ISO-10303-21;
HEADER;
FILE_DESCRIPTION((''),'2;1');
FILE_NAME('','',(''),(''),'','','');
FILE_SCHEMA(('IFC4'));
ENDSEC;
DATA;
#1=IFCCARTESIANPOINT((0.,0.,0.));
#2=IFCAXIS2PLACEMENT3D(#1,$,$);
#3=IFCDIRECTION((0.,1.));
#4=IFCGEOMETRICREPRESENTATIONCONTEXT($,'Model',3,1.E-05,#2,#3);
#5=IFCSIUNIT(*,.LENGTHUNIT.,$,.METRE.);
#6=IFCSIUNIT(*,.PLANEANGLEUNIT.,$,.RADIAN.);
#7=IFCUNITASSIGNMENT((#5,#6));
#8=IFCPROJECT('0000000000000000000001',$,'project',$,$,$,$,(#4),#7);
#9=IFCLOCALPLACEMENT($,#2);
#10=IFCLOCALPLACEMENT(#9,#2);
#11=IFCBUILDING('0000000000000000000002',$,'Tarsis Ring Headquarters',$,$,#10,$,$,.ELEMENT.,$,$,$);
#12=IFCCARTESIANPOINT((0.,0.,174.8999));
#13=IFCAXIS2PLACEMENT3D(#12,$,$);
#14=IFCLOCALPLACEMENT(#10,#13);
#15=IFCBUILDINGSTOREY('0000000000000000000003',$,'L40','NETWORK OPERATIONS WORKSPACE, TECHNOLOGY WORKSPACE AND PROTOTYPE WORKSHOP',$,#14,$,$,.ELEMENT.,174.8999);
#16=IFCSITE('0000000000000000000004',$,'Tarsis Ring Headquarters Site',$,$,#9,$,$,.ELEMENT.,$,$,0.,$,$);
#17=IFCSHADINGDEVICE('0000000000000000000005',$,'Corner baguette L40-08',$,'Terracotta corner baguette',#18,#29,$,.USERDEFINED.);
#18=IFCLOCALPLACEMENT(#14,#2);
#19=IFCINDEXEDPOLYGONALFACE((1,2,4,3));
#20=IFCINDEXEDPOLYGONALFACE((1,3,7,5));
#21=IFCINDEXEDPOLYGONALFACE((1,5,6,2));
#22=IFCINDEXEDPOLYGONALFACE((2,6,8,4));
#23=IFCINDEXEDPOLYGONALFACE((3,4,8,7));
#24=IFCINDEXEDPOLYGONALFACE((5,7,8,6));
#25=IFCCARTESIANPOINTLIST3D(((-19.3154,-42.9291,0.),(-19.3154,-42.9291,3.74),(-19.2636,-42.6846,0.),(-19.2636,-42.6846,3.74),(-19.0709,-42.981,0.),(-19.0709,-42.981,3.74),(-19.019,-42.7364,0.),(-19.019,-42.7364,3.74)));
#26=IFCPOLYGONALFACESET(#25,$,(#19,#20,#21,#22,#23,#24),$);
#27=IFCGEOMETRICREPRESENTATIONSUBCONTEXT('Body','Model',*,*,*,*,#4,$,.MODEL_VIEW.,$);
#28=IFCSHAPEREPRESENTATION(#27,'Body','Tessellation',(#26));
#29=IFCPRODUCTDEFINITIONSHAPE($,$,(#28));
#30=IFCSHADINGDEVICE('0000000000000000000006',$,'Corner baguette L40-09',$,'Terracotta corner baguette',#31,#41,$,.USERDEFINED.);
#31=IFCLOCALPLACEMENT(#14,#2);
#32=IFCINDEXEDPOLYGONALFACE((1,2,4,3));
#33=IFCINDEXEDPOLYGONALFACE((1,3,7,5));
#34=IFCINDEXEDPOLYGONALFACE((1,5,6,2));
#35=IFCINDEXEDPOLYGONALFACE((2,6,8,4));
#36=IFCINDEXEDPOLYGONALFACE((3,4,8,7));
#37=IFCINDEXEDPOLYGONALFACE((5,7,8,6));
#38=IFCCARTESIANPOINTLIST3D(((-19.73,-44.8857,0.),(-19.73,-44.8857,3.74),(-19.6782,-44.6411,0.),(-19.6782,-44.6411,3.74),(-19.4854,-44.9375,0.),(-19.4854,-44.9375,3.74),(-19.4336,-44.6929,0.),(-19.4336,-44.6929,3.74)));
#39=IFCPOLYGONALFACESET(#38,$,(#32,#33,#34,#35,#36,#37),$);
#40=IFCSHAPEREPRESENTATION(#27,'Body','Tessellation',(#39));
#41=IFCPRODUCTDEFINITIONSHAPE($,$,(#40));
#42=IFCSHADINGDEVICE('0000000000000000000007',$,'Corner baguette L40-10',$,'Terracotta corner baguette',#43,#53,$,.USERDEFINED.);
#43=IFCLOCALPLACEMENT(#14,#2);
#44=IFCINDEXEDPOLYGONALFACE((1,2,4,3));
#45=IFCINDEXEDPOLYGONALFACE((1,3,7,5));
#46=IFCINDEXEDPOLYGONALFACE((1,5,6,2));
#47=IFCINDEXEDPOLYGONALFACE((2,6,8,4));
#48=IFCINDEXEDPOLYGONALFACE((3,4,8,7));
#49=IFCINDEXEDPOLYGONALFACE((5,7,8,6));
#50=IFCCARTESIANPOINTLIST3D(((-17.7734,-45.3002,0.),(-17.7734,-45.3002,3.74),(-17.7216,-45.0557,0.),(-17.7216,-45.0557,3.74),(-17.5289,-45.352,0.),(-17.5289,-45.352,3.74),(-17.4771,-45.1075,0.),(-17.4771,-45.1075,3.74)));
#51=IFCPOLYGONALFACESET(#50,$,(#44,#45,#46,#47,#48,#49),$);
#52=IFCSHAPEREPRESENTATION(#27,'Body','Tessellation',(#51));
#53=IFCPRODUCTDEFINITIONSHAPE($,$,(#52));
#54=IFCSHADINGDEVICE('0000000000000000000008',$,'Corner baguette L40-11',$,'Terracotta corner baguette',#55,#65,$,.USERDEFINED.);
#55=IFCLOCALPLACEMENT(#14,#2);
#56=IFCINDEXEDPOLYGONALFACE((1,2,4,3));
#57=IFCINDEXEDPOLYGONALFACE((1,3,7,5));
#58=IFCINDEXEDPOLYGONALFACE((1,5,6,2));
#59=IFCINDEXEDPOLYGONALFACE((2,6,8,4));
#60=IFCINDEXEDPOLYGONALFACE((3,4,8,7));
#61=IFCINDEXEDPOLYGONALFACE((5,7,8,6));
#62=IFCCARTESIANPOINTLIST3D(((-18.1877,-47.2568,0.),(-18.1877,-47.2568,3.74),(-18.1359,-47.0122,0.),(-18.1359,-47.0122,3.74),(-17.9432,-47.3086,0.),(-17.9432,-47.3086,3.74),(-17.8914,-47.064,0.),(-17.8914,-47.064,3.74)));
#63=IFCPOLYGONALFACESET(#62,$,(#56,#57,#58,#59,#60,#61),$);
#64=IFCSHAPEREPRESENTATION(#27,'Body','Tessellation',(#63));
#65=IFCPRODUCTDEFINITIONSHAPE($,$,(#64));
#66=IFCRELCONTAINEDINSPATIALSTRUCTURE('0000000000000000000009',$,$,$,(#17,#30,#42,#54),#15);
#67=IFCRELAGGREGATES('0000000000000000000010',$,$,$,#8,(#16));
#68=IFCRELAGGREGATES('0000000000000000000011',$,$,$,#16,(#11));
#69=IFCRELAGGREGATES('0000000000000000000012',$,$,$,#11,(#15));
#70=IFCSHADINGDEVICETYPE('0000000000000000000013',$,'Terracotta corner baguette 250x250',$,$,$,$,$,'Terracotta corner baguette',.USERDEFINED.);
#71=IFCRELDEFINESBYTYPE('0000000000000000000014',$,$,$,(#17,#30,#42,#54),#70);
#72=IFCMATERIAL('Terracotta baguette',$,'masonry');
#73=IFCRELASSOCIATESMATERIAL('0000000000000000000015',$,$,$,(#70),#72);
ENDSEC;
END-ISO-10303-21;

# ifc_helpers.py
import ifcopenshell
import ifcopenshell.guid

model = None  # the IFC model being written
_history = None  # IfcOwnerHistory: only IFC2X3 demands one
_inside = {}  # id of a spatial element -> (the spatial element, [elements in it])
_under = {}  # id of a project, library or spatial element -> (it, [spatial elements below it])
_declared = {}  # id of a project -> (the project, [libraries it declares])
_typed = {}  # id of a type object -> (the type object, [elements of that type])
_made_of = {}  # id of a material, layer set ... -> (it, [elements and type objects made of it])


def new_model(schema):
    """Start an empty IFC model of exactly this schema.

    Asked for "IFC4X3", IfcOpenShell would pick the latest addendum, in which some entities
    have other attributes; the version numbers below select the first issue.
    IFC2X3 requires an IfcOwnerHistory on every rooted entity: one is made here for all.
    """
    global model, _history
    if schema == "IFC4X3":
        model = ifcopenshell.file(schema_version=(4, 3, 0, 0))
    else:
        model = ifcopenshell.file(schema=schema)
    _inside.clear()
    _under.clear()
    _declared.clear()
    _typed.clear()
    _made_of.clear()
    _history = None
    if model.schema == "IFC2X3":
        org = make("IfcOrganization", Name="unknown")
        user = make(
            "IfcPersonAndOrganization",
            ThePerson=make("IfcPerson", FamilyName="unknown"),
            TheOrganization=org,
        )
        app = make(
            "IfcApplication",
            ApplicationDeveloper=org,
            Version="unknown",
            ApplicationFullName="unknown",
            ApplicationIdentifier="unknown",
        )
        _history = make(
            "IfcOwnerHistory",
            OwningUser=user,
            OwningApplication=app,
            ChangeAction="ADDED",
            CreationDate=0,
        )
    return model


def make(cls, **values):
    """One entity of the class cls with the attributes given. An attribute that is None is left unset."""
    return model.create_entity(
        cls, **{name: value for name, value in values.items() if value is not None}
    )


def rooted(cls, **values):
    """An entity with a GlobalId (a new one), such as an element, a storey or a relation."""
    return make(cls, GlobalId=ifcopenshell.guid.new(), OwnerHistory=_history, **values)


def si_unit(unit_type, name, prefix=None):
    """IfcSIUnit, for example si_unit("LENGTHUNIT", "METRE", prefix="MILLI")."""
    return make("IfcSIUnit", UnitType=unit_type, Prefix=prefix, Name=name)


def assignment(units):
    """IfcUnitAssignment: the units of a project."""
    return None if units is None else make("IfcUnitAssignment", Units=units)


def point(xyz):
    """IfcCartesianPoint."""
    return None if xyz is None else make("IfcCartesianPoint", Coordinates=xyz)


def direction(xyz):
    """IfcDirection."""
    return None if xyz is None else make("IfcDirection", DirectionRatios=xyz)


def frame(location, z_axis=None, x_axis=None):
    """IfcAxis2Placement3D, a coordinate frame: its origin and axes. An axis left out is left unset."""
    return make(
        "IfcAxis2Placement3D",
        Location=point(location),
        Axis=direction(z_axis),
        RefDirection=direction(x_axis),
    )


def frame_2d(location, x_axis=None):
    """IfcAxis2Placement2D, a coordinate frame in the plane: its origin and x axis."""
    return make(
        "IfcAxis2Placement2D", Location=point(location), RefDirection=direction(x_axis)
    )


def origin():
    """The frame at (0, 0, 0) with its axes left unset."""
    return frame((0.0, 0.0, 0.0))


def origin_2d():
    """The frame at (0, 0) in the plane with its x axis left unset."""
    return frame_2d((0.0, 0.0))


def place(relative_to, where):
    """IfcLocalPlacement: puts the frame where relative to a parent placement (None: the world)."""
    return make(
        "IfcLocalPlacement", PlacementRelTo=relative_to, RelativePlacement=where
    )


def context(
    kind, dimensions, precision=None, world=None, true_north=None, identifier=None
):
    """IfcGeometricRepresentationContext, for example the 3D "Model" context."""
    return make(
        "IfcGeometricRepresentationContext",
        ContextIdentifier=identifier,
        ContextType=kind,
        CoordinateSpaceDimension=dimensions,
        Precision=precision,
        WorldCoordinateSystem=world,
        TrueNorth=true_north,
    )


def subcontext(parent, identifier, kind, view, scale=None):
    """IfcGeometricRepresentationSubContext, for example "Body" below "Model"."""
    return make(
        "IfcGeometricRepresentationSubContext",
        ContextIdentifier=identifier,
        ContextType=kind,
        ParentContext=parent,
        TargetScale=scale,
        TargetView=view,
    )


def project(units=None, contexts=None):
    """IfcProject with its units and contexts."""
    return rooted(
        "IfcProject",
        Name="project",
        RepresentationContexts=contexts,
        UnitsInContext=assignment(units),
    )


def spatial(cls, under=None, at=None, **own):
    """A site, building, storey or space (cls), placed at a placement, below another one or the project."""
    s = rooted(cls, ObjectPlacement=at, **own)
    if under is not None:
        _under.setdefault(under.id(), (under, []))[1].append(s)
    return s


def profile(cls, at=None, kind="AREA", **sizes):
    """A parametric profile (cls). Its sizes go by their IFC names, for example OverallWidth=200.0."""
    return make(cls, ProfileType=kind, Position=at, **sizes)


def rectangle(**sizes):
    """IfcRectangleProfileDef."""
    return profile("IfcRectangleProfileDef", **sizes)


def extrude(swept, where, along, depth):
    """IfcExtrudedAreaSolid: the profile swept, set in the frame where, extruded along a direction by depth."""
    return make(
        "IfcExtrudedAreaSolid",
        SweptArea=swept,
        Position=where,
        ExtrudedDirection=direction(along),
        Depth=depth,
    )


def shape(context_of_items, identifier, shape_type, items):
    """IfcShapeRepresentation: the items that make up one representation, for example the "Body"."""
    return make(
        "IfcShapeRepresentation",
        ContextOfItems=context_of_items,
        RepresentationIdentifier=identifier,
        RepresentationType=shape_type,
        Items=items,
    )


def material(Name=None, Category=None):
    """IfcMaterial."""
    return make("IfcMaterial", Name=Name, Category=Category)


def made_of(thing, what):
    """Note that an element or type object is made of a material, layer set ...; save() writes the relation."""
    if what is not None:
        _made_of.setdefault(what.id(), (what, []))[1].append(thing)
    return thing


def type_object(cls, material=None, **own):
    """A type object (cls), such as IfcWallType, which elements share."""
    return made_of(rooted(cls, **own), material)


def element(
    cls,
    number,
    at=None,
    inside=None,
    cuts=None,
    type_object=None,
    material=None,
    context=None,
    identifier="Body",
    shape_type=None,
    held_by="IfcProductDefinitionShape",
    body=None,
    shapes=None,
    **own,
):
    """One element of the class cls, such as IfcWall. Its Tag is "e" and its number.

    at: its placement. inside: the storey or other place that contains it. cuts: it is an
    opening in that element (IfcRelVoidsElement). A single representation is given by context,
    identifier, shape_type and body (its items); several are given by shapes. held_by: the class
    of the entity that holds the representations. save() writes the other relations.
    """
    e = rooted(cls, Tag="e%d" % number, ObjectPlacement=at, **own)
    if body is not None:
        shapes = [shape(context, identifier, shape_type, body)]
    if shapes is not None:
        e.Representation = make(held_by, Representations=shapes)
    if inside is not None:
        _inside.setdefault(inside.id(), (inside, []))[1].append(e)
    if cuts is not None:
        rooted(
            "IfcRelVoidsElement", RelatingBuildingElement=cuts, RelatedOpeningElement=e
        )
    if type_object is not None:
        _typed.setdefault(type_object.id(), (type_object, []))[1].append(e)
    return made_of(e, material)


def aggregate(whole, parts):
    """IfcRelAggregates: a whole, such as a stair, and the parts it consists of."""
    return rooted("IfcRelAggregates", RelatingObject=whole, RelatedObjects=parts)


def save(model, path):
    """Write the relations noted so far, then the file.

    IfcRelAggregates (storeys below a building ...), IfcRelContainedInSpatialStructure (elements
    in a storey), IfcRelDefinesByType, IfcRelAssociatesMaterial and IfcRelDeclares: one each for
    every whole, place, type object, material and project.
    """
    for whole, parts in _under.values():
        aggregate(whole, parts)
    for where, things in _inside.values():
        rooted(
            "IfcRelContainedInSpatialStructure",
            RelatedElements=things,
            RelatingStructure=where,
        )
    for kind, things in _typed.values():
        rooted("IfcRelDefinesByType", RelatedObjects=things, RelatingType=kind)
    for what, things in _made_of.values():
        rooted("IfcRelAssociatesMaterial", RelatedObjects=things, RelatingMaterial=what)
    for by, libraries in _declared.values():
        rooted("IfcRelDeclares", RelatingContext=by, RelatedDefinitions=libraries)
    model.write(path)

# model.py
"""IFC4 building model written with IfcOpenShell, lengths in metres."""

from ifc_helpers import new_model, si_unit, direction, frame, origin, origin_2d, place, context, subcontext, project, spatial, rectangle, extrude, material, type_object, element, save


model = new_model("IFC4")

# Units and contexts
model_context = context("Model", 3, precision=1e-05, world=origin(), true_north=direction((0.0, 1.0)))
body_context = subcontext(model_context, "Body", "Model", "MODEL_VIEW")
ifc_project = project(units=[si_unit("LENGTHUNIT", "METRE"), si_unit("PLANEANGLEUNIT", "RADIAN")], contexts=[model_context])

# Site, building, storey
site_placement = place(None, origin())
site = spatial("IfcSite", under=ifc_project, at=site_placement, Name="Tarsis Ring Headquarters Site", CompositionType="ELEMENT", RefElevation=0.0)
building_placement = place(site_placement, origin())
building = spatial("IfcBuilding", under=site, at=building_placement, Name="Tarsis Ring Headquarters", CompositionType="ELEMENT")
storey_placement = place(building_placement, frame((0.0, 0.0, 174.8999)))
storey = spatial("IfcBuildingStorey", under=building, at=storey_placement, Name="L40", Description="NETWORK OPERATIONS WORKSPACE, TECHNOLOGY WORKSPACE AND PROTOTYPE WORKSHOP", CompositionType="ELEMENT", Elevation=174.8999)

# Shading devices
ifc_material_1 = material(Name="Terracotta baguette", Category="masonry")
shading_device_type_1 = type_object("IfcShadingDeviceType", Name="Terracotta corner baguette 250x250", ElementType="Terracotta corner baguette", PredefinedType="USERDEFINED", material=ifc_material_1)
for number, where, z_axis, x_axis, name in (
    (1, (-19.1672, -42.8328, 0.0), (0.0, 0.0, 1.0), (0.978292, -0.207229, 0.0), "Corner baguette L40-08"),
    (2, (-19.5818, -44.7893, 0.0), (0.0, 0.0, 1.0), (-0.207229, -0.978292, 0.0), "Corner baguette L40-09"),
    (3, (-17.6252, -45.2039, 0.0), (0.0, 0.0, 1.0), (0.978292, -0.207229, 0.0), "Corner baguette L40-10"),
    (4, (-18.0396, -47.1604, 0.0), (0.0, 0.0, 1.0), (-0.207228, -0.978293, 0.0), "Corner baguette L40-11"),
):
    element("IfcShadingDevice", number, at=place(storey_placement, frame(where, z_axis=z_axis, x_axis=x_axis)), inside=storey, type_object=shading_device_type_1, Name=name, ObjectType="Terracotta corner baguette", PredefinedType="USERDEFINED", context=body_context, shape_type="SweptSolid", body=[
        extrude(rectangle(XDim=0.25, YDim=0.25, at=origin_2d()), origin(), (0.0, 0.0, 1.0), 3.74),
    ])

save(model, "model.ifc")
